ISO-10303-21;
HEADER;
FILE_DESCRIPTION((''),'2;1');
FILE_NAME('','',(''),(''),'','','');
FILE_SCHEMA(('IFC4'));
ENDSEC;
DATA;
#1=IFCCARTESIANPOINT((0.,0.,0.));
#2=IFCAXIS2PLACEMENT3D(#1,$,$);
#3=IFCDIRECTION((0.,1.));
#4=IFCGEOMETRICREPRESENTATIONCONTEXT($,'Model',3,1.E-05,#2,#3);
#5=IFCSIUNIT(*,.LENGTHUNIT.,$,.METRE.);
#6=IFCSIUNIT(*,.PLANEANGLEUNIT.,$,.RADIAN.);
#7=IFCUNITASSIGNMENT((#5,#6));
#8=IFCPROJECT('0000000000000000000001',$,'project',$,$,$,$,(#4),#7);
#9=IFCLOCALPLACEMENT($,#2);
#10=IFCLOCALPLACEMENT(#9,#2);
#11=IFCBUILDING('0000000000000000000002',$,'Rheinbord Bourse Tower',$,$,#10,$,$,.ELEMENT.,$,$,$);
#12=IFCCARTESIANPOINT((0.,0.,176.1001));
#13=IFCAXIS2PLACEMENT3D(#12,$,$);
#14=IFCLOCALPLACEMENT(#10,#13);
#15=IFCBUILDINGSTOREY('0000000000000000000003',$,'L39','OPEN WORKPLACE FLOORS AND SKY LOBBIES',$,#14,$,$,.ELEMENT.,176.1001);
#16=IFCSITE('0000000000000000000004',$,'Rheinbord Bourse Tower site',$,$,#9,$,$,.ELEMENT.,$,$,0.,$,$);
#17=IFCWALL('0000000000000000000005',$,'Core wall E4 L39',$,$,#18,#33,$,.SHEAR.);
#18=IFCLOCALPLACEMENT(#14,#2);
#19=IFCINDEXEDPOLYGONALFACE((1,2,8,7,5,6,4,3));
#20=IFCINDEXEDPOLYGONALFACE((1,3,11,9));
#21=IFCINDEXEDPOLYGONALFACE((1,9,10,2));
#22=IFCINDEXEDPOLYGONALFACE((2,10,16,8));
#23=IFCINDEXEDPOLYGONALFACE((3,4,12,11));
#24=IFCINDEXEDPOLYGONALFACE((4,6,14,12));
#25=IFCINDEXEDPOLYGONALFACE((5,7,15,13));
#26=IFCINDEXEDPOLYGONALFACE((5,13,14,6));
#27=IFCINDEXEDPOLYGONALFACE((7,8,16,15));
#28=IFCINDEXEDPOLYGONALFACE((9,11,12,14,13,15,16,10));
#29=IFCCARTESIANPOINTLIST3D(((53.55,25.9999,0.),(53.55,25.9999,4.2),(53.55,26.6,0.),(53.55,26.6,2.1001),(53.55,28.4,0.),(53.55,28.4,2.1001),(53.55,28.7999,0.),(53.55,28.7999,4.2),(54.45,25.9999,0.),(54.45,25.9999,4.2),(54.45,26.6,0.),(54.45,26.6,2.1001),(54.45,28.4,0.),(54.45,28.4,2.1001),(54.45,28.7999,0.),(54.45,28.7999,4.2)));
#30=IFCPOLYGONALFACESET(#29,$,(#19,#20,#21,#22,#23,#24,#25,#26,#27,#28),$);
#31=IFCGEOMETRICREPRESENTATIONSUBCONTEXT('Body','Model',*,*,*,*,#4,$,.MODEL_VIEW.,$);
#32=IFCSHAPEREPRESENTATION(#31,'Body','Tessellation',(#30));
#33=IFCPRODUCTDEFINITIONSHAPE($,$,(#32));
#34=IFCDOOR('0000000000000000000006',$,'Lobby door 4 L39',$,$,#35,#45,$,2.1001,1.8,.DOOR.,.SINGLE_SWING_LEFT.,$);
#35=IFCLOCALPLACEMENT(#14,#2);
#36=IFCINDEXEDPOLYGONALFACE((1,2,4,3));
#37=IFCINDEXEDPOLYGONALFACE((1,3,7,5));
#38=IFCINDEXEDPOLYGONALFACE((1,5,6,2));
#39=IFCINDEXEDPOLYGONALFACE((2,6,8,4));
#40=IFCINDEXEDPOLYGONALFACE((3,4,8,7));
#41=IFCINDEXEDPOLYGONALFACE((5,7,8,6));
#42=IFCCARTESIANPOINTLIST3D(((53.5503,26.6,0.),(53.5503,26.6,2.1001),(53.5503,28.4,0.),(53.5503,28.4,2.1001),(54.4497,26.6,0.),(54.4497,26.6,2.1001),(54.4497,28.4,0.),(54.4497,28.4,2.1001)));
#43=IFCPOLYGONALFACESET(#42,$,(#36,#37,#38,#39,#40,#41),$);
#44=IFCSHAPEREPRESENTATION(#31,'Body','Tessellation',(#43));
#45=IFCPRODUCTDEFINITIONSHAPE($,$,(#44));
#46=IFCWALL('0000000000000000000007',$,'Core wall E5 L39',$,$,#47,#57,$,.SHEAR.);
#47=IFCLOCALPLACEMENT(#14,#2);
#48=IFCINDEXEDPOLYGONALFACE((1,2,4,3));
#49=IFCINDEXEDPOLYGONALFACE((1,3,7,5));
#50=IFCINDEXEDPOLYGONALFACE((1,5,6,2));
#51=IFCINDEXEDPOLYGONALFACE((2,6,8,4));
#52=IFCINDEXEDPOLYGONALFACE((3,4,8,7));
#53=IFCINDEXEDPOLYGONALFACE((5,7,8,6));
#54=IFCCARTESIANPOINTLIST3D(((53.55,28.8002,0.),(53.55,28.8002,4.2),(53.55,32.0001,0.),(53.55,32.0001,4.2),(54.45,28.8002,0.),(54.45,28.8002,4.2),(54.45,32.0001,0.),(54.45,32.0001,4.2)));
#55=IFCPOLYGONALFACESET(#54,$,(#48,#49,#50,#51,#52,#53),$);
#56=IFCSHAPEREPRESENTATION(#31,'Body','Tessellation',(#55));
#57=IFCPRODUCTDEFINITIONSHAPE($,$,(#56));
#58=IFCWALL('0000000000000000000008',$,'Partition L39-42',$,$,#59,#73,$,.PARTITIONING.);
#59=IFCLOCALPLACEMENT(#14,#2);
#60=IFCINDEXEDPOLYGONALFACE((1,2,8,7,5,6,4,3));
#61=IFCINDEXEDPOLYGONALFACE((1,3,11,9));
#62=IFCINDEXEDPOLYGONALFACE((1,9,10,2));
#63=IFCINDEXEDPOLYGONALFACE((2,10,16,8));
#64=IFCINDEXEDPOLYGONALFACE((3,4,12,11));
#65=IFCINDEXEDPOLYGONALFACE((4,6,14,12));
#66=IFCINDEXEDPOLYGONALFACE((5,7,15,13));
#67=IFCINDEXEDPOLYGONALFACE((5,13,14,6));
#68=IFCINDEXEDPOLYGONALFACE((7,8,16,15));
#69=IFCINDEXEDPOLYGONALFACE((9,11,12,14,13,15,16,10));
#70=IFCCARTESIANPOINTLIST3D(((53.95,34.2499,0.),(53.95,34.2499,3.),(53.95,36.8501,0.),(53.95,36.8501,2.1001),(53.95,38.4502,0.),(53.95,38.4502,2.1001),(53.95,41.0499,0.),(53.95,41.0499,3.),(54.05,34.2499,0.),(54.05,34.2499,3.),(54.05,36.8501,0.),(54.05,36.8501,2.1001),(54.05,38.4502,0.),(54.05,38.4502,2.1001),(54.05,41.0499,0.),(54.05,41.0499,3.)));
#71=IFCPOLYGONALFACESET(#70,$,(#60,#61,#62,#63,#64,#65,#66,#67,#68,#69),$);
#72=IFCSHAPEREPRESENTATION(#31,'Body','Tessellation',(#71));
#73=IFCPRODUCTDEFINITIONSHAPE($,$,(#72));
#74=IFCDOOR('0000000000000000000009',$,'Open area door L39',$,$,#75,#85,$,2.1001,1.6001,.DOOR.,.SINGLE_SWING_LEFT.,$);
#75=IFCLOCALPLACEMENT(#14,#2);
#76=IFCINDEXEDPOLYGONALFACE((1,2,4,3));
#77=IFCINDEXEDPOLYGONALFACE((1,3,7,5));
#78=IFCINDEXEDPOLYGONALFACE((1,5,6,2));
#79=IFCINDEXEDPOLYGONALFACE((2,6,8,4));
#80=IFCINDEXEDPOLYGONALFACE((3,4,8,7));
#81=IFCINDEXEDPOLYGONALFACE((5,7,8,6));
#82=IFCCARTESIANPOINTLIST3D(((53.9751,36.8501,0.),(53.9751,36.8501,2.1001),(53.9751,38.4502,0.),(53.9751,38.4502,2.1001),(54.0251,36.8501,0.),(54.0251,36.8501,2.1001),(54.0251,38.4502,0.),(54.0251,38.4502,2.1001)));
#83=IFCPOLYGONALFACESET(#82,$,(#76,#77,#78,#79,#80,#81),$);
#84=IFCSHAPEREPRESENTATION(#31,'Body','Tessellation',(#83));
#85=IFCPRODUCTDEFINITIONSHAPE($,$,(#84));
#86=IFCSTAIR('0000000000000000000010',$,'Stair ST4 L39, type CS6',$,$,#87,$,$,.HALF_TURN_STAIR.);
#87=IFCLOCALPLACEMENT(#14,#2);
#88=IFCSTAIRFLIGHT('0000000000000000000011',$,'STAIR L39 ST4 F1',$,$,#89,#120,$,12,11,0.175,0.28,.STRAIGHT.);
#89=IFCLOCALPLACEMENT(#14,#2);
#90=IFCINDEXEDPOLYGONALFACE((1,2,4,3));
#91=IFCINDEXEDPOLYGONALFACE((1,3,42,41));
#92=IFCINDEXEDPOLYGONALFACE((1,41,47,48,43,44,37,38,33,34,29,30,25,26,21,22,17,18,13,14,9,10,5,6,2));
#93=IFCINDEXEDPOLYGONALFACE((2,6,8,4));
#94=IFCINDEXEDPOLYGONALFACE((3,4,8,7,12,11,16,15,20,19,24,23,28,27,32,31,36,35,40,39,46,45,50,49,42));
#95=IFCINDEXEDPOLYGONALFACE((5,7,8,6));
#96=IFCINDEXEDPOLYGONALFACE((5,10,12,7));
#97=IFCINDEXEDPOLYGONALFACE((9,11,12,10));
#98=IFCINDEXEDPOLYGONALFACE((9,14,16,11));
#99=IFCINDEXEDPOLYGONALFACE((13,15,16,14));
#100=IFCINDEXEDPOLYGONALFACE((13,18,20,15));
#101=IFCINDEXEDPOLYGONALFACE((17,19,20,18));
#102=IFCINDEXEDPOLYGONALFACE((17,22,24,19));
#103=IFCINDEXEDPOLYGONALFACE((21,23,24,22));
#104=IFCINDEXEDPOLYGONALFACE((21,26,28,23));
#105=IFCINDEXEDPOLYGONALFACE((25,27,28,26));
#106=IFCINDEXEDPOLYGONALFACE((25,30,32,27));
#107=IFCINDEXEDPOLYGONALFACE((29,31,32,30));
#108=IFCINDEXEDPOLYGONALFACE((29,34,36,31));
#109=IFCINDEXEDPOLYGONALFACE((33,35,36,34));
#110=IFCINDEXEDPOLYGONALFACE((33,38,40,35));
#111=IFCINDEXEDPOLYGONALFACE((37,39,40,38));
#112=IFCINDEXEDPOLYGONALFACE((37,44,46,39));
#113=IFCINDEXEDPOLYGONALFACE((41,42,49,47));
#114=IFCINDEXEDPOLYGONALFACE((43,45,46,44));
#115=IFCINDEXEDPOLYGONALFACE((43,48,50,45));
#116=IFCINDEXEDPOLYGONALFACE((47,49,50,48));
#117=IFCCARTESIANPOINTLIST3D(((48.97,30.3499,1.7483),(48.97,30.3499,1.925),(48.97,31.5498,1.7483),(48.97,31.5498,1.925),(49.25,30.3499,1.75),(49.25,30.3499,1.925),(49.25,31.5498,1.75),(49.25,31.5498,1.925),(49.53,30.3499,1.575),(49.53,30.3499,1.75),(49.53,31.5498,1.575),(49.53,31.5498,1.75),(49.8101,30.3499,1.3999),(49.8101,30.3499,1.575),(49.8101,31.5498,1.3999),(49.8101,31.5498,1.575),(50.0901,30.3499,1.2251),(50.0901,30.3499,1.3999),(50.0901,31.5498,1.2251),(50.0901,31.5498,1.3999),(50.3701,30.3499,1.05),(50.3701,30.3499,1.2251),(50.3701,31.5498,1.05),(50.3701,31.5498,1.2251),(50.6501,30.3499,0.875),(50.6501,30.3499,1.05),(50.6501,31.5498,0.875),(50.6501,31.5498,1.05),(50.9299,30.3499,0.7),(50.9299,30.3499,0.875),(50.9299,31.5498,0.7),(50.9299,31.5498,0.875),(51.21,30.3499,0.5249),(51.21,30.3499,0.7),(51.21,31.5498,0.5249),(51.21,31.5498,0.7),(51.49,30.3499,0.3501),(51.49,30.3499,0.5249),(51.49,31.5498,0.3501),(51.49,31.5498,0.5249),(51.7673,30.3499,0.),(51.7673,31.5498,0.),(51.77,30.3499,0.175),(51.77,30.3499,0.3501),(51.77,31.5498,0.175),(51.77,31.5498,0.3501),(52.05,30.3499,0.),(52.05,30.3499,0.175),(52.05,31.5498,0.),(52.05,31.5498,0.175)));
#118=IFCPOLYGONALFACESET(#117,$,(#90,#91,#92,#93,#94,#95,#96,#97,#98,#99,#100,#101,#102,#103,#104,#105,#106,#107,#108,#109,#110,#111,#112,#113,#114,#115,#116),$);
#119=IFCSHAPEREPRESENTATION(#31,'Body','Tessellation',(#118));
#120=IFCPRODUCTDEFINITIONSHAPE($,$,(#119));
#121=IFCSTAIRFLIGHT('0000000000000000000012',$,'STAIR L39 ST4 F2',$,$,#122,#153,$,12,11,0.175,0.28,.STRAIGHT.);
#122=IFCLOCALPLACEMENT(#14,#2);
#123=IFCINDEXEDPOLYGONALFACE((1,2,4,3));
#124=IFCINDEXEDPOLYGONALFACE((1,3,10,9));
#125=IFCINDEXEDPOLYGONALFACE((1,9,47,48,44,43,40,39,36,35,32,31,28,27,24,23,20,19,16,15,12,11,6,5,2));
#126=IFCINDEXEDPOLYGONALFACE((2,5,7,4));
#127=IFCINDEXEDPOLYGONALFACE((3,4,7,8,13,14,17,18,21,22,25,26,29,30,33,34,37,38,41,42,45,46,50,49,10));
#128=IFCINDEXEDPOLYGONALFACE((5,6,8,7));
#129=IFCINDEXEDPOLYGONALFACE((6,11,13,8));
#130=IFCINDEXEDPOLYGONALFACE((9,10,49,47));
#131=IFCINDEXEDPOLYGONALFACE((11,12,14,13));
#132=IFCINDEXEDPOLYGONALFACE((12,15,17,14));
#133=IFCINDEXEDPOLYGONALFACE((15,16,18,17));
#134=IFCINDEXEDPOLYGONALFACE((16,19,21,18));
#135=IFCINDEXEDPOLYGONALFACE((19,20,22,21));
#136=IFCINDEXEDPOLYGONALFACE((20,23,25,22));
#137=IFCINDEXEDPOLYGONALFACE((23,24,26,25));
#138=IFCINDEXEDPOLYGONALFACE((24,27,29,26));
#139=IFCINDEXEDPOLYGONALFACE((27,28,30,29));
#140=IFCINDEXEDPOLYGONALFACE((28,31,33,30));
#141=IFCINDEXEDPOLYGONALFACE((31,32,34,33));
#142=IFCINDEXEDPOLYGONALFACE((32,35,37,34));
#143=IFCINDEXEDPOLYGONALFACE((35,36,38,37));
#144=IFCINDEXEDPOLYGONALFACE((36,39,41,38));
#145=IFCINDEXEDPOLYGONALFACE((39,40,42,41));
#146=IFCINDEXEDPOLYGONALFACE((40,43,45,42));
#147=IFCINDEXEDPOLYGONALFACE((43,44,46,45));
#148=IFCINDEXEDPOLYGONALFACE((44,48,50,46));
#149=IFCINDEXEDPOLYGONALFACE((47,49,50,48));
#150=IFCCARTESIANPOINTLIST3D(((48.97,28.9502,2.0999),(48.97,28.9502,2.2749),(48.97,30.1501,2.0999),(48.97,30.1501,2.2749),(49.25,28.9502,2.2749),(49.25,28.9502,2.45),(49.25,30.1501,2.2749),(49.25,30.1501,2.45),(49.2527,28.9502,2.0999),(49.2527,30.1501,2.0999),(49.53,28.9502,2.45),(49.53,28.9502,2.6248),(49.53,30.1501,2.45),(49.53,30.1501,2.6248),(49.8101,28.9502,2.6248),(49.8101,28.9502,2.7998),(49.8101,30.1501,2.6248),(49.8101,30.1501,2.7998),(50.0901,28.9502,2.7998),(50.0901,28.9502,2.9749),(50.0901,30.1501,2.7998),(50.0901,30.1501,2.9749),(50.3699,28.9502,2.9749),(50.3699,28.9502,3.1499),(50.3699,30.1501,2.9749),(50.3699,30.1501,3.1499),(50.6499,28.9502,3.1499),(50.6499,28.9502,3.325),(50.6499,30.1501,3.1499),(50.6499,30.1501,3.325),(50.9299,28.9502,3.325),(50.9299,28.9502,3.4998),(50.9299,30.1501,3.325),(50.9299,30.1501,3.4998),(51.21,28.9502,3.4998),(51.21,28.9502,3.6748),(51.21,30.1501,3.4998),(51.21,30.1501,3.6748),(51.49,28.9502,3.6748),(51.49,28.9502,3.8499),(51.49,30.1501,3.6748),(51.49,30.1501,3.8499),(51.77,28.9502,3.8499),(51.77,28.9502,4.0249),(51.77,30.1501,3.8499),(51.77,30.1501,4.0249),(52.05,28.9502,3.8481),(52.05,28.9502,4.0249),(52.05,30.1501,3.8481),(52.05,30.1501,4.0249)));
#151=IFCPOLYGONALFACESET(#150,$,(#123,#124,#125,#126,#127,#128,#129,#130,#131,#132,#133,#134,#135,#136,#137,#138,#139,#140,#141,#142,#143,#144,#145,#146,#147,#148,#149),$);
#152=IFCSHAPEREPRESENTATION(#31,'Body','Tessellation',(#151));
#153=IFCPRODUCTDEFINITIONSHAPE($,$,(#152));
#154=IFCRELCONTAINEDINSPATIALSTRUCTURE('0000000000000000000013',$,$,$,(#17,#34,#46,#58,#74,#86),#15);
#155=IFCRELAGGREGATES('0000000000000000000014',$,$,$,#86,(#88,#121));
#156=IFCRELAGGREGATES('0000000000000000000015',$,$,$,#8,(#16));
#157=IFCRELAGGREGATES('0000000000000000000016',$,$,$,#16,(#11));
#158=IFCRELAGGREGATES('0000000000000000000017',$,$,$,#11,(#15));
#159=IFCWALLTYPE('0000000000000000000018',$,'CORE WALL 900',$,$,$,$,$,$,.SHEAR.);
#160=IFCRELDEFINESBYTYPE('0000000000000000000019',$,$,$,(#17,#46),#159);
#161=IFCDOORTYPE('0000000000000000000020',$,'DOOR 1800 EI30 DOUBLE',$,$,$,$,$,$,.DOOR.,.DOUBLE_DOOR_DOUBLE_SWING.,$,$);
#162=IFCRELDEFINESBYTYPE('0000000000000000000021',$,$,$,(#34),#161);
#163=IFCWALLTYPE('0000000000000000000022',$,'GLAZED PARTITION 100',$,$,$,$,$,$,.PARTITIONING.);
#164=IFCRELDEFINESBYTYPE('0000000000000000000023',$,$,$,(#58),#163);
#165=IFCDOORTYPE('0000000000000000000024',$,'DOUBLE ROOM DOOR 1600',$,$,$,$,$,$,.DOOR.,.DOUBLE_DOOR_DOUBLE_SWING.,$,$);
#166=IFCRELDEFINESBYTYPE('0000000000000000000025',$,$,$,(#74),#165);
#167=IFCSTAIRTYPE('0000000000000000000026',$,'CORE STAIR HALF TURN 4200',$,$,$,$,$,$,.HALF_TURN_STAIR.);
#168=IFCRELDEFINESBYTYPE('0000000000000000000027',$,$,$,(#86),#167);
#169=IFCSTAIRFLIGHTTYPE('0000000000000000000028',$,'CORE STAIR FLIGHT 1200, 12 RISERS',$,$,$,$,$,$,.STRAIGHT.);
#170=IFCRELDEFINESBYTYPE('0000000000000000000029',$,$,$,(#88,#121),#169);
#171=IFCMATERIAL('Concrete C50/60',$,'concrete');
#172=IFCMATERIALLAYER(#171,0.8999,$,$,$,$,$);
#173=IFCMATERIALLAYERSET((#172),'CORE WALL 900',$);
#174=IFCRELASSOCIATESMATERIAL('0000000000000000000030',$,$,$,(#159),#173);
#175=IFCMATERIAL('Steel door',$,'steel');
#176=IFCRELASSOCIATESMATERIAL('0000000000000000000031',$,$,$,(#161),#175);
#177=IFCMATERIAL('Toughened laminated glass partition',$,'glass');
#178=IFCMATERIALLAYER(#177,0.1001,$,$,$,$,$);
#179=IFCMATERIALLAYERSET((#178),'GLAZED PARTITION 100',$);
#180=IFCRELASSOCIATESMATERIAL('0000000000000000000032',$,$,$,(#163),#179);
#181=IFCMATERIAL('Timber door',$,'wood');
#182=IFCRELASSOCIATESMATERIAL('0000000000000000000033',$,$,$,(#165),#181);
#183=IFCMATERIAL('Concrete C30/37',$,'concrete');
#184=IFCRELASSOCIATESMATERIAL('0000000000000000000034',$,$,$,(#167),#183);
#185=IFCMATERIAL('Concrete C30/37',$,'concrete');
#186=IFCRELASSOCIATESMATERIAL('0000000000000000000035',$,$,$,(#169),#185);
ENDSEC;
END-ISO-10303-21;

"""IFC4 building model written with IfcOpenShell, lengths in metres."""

from ifc_helpers import new_model, si_unit, direction, frame, frame_2d, origin, place, context, subcontext, project, spatial, polyline, rectangle, outline, extrude, material, layer, layer_set, type_object, element, fill, aggregate, save


model = new_model("IFC4")

# Units and contexts
model_context = context("Model", 3, precision=1e-05, world=origin(), true_north=direction((0.0, 1.0)))
body_context = subcontext(model_context, "Body", "Model", "MODEL_VIEW")
ifc_project = project(units=[si_unit("LENGTHUNIT", "METRE"), si_unit("PLANEANGLEUNIT", "RADIAN")], contexts=[model_context])

# Site, building, storey
site_placement = place(None, origin())
site = spatial("IfcSite", under=ifc_project, at=site_placement, Name="Rheinbord Bourse Tower site", CompositionType="ELEMENT", RefElevation=0.0)
building_placement = place(site_placement, origin())
building = spatial("IfcBuilding", under=site, at=building_placement, Name="Rheinbord Bourse Tower", CompositionType="ELEMENT")
storey_placement = place(building_placement, frame((0.0, 0.0, 176.1001)))
storey = spatial("IfcBuildingStorey", under=building, at=storey_placement, Name="L39", Description="OPEN WORKPLACE FLOORS AND SKY LOBBIES", CompositionType="ELEMENT", Elevation=176.1001)

# Shared definitions
ifc_material_1 = material(Name="Concrete C50/60", Category="concrete")
ifc_layer_1 = layer(ifc_material_1, 0.8999)
ifc_layer_set_1 = layer_set([ifc_layer_1], Name="CORE WALL 900")
wall_type_1 = type_object("IfcWallType", Name="CORE WALL 900", PredefinedType="SHEAR", material=ifc_layer_set_1)

# Wall, opening, door
wall_1_placement = place(storey_placement, frame((54.0, 26.0, 0.0), z_axis=(0.0, 0.0, 1.0), x_axis=(0.0, 1.0, 0.0)))
wall_1 = element("IfcWall", 1, at=wall_1_placement, inside=storey, type_object=wall_type_1, Name="Core wall E4 L39", PredefinedType="SHEAR", context=body_context, shape_type="SweptSolid", body=[
    extrude(rectangle(XDim=2.8, YDim=0.8999, at=frame_2d((1.3999, 0.0))), origin(), (0.0, 0.0, 1.0), 4.2),
])
opening_1_placement = place(wall_1_placement, frame((0.6001, 0.0, 0.0)))
opening_1 = element("IfcOpeningElement", 2, at=opening_1_placement, cuts=wall_1, PredefinedType="OPENING", context=body_context, shape_type="SweptSolid", body=[
    extrude(rectangle(XDim=1.8, YDim=2.1001, at=frame_2d((0.8999, 1.05))), frame((0.0, 0.46, 0.0), z_axis=(0.0, -1.0, 0.0), x_axis=(1.0, 0.0, 0.0)), (0.0, 0.0, 1.0), 0.9199),
])
ifc_material_2 = material(Name="Steel door", Category="steel")
door_type_1 = type_object("IfcDoorType", Name="DOOR 1800 EI30 DOUBLE", OperationType="DOUBLE_DOOR_DOUBLE_SWING", PredefinedType="DOOR", material=ifc_material_2)
door_1_placement = place(opening_1_placement, origin())
door_1 = element("IfcDoor", 3, at=door_1_placement, inside=storey, type_object=door_type_1, Name="Lobby door 4 L39", OperationType="SINGLE_SWING_LEFT", OverallHeight=2.1001, OverallWidth=1.8, PredefinedType="DOOR", context=body_context, shape_type="SweptSolid", body=[
    extrude(rectangle(XDim=1.8, YDim=2.1001, at=frame_2d((0.8999, 1.05))), frame((0.0, 0.4497, 0.0), z_axis=(0.0, -1.0, 0.0), x_axis=(1.0, 0.0, 0.0)), (0.0, 0.0, 1.0), 0.8994),
])
fill(opening_1, door_1)

# Wall
wall_2_placement = place(storey_placement, frame((54.0, 28.8, 0.0), z_axis=(0.0, 0.0, 1.0), x_axis=(0.0, 1.0, 0.0)))
element("IfcWall", 4, at=wall_2_placement, inside=storey, type_object=wall_type_1, Name="Core wall E5 L39", PredefinedType="SHEAR", context=body_context, shape_type="SweptSolid", body=[
    extrude(rectangle(XDim=3.2, YDim=0.8999, at=frame_2d((1.6001, 0.0))), origin(), (0.0, 0.0, 1.0), 4.2),
])

# Wall, opening, door
ifc_material_3 = material(Name="Toughened laminated glass partition", Category="glass")
ifc_layer_2 = layer(ifc_material_3, 0.1001)
ifc_layer_set_2 = layer_set([ifc_layer_2], Name="GLAZED PARTITION 100")
wall_type_2 = type_object("IfcWallType", Name="GLAZED PARTITION 100", PredefinedType="PARTITIONING", material=ifc_layer_set_2)
wall_3_placement = place(storey_placement, frame((54.0, 34.25, 0.0), z_axis=(0.0, 0.0, 1.0), x_axis=(0.0, 1.0, 0.0)))
wall_3 = element("IfcWall", 5, at=wall_3_placement, inside=storey, type_object=wall_type_2, Name="Partition L39-42", PredefinedType="PARTITIONING", context=body_context, shape_type="SweptSolid", body=[
    extrude(rectangle(XDim=6.8, YDim=0.1001, at=frame_2d((3.3999, 0.0))), origin(), (0.0, 0.0, 1.0), 3.0),
])
opening_2_placement = place(wall_3_placement, frame((2.6001, 0.0, 0.0)))
opening_2 = element("IfcOpeningElement", 6, at=opening_2_placement, cuts=wall_3, PredefinedType="OPENING", context=body_context, shape_type="SweptSolid", body=[
    extrude(rectangle(XDim=1.6001, YDim=2.1001, at=frame_2d((0.8, 1.05))), frame((0.0, 0.0601, 0.0), z_axis=(0.0, -1.0, 0.0), x_axis=(1.0, 0.0, 0.0)), (0.0, 0.0, 1.0), 0.1201),
])
ifc_material_4 = material(Name="Timber door", Category="wood")
door_type_2 = type_object("IfcDoorType", Name="DOUBLE ROOM DOOR 1600", OperationType="DOUBLE_DOOR_DOUBLE_SWING", PredefinedType="DOOR", material=ifc_material_4)
door_2_placement = place(opening_2_placement, origin())
door_2 = element("IfcDoor", 7, at=door_2_placement, inside=storey, type_object=door_type_2, Name="Open area door L39", OperationType="SINGLE_SWING_LEFT", OverallHeight=2.1001, OverallWidth=1.6001, PredefinedType="DOOR", context=body_context, shape_type="SweptSolid", body=[
    extrude(rectangle(XDim=1.6001, YDim=2.1001, at=frame_2d((0.8, 1.05))), frame((0.0, 0.0249, 0.0), z_axis=(0.0, -1.0, 0.0), x_axis=(1.0, 0.0, 0.0)), (0.0, 0.0, 1.0), 0.05),
])
fill(opening_2, door_2)

# Stair, stair flights
ifc_material_5 = material(Name="Concrete C30/37", Category="concrete")
stair_type = type_object("IfcStairType", Name="CORE STAIR HALF TURN 4200", PredefinedType="HALF_TURN_STAIR", material=ifc_material_5)
stair_placement = place(storey_placement, origin())
stair = element("IfcStair", 8, at=stair_placement, inside=storey, type_object=stair_type, Name="Stair ST4 L39, type CS6", PredefinedType="HALF_TURN_STAIR")
ifc_material_6 = material(Name="Concrete C30/37", Category="concrete")
stair_flight_type = type_object("IfcStairFlightType", Name="CORE STAIR FLIGHT 1200, 12 RISERS", PredefinedType="STRAIGHT", material=ifc_material_6)
stair_flight_1_placement = place(storey_placement, frame((52.05, 30.95, 0.0), z_axis=(0.0, 0.0, 1.0), x_axis=(-1.0, 0.0, 0.0)))
stair_flight_1 = element("IfcStairFlight", 9, at=stair_flight_1_placement, type_object=stair_flight_type, Name="STAIR L39 ST4 F1", NumberOfRisers=12, NumberOfTreads=11, PredefinedType="STRAIGHT", RiserHeight=0.175, TreadLength=0.28, context=body_context, shape_type="SweptSolid", body=[
    extrude(outline(polyline([(0.0, 0.0), (0.0, 0.175), (0.28, 0.175), (0.28, 0.3501), (0.5601, 0.3501), (0.5601, 0.5249), (0.8401, 0.5249), (0.8401, 0.7), (1.1201, 0.7), (1.1201, 0.875), (1.3999, 0.875), (1.3999, 1.05), (1.6799, 1.05), (1.6799, 1.2251), (1.96, 1.2251), (1.96, 1.3999), (2.24, 1.3999), (2.24, 1.575), (2.52, 1.575), (2.52, 1.75), (2.8, 1.75), (2.8, 1.925), (3.0801, 1.925), (3.0801, 2.1001), (3.0801, 1.7483), (0.2827, 0.0), (0.0, 0.0)])), frame((0.0, 0.6001, 0.0), z_axis=(0.0, -1.0, 0.0), x_axis=(1.0, 0.0, 0.0)), (0.0, 0.0, 1.0), 1.2),
])
stair_flight_2_placement = place(storey_placement, frame((48.97, 29.55, 2.0999), z_axis=(0.0, 0.0, 1.0), x_axis=(1.0, 0.0, 0.0)))
stair_flight_2 = element("IfcStairFlight", 10, at=stair_flight_2_placement, type_object=stair_flight_type, Name="STAIR L39 ST4 F2", NumberOfRisers=12, NumberOfTreads=11, PredefinedType="STRAIGHT", RiserHeight=0.175, TreadLength=0.28, context=body_context, shape_type="SweptSolid", body=[
    extrude(outline(polyline([(0.0, 0.0), (0.0, 0.175), (0.28, 0.175), (0.28, 0.3501), (0.5601, 0.3501), (0.5601, 0.5249), (0.8401, 0.5249), (0.8401, 0.7), (1.1201, 0.7), (1.1201, 0.875), (1.3999, 0.875), (1.3999, 1.05), (1.6799, 1.05), (1.6799, 1.2251), (1.96, 1.2251), (1.96, 1.3999), (2.24, 1.3999), (2.24, 1.575), (2.52, 1.575), (2.52, 1.75), (2.8, 1.75), (2.8, 1.925), (3.0801, 1.925), (3.0801, 2.1001), (3.0801, 1.7483), (0.2827, 0.0), (0.0, 0.0)])), frame((0.0, 0.6001, 0.0), z_axis=(0.0, -1.0, 0.0), x_axis=(1.0, 0.0, 0.0)), (0.0, 0.0, 1.0), 1.2),
])
aggregate(stair, [stair_flight_1, stair_flight_2])

save(model, "model.ifc")
